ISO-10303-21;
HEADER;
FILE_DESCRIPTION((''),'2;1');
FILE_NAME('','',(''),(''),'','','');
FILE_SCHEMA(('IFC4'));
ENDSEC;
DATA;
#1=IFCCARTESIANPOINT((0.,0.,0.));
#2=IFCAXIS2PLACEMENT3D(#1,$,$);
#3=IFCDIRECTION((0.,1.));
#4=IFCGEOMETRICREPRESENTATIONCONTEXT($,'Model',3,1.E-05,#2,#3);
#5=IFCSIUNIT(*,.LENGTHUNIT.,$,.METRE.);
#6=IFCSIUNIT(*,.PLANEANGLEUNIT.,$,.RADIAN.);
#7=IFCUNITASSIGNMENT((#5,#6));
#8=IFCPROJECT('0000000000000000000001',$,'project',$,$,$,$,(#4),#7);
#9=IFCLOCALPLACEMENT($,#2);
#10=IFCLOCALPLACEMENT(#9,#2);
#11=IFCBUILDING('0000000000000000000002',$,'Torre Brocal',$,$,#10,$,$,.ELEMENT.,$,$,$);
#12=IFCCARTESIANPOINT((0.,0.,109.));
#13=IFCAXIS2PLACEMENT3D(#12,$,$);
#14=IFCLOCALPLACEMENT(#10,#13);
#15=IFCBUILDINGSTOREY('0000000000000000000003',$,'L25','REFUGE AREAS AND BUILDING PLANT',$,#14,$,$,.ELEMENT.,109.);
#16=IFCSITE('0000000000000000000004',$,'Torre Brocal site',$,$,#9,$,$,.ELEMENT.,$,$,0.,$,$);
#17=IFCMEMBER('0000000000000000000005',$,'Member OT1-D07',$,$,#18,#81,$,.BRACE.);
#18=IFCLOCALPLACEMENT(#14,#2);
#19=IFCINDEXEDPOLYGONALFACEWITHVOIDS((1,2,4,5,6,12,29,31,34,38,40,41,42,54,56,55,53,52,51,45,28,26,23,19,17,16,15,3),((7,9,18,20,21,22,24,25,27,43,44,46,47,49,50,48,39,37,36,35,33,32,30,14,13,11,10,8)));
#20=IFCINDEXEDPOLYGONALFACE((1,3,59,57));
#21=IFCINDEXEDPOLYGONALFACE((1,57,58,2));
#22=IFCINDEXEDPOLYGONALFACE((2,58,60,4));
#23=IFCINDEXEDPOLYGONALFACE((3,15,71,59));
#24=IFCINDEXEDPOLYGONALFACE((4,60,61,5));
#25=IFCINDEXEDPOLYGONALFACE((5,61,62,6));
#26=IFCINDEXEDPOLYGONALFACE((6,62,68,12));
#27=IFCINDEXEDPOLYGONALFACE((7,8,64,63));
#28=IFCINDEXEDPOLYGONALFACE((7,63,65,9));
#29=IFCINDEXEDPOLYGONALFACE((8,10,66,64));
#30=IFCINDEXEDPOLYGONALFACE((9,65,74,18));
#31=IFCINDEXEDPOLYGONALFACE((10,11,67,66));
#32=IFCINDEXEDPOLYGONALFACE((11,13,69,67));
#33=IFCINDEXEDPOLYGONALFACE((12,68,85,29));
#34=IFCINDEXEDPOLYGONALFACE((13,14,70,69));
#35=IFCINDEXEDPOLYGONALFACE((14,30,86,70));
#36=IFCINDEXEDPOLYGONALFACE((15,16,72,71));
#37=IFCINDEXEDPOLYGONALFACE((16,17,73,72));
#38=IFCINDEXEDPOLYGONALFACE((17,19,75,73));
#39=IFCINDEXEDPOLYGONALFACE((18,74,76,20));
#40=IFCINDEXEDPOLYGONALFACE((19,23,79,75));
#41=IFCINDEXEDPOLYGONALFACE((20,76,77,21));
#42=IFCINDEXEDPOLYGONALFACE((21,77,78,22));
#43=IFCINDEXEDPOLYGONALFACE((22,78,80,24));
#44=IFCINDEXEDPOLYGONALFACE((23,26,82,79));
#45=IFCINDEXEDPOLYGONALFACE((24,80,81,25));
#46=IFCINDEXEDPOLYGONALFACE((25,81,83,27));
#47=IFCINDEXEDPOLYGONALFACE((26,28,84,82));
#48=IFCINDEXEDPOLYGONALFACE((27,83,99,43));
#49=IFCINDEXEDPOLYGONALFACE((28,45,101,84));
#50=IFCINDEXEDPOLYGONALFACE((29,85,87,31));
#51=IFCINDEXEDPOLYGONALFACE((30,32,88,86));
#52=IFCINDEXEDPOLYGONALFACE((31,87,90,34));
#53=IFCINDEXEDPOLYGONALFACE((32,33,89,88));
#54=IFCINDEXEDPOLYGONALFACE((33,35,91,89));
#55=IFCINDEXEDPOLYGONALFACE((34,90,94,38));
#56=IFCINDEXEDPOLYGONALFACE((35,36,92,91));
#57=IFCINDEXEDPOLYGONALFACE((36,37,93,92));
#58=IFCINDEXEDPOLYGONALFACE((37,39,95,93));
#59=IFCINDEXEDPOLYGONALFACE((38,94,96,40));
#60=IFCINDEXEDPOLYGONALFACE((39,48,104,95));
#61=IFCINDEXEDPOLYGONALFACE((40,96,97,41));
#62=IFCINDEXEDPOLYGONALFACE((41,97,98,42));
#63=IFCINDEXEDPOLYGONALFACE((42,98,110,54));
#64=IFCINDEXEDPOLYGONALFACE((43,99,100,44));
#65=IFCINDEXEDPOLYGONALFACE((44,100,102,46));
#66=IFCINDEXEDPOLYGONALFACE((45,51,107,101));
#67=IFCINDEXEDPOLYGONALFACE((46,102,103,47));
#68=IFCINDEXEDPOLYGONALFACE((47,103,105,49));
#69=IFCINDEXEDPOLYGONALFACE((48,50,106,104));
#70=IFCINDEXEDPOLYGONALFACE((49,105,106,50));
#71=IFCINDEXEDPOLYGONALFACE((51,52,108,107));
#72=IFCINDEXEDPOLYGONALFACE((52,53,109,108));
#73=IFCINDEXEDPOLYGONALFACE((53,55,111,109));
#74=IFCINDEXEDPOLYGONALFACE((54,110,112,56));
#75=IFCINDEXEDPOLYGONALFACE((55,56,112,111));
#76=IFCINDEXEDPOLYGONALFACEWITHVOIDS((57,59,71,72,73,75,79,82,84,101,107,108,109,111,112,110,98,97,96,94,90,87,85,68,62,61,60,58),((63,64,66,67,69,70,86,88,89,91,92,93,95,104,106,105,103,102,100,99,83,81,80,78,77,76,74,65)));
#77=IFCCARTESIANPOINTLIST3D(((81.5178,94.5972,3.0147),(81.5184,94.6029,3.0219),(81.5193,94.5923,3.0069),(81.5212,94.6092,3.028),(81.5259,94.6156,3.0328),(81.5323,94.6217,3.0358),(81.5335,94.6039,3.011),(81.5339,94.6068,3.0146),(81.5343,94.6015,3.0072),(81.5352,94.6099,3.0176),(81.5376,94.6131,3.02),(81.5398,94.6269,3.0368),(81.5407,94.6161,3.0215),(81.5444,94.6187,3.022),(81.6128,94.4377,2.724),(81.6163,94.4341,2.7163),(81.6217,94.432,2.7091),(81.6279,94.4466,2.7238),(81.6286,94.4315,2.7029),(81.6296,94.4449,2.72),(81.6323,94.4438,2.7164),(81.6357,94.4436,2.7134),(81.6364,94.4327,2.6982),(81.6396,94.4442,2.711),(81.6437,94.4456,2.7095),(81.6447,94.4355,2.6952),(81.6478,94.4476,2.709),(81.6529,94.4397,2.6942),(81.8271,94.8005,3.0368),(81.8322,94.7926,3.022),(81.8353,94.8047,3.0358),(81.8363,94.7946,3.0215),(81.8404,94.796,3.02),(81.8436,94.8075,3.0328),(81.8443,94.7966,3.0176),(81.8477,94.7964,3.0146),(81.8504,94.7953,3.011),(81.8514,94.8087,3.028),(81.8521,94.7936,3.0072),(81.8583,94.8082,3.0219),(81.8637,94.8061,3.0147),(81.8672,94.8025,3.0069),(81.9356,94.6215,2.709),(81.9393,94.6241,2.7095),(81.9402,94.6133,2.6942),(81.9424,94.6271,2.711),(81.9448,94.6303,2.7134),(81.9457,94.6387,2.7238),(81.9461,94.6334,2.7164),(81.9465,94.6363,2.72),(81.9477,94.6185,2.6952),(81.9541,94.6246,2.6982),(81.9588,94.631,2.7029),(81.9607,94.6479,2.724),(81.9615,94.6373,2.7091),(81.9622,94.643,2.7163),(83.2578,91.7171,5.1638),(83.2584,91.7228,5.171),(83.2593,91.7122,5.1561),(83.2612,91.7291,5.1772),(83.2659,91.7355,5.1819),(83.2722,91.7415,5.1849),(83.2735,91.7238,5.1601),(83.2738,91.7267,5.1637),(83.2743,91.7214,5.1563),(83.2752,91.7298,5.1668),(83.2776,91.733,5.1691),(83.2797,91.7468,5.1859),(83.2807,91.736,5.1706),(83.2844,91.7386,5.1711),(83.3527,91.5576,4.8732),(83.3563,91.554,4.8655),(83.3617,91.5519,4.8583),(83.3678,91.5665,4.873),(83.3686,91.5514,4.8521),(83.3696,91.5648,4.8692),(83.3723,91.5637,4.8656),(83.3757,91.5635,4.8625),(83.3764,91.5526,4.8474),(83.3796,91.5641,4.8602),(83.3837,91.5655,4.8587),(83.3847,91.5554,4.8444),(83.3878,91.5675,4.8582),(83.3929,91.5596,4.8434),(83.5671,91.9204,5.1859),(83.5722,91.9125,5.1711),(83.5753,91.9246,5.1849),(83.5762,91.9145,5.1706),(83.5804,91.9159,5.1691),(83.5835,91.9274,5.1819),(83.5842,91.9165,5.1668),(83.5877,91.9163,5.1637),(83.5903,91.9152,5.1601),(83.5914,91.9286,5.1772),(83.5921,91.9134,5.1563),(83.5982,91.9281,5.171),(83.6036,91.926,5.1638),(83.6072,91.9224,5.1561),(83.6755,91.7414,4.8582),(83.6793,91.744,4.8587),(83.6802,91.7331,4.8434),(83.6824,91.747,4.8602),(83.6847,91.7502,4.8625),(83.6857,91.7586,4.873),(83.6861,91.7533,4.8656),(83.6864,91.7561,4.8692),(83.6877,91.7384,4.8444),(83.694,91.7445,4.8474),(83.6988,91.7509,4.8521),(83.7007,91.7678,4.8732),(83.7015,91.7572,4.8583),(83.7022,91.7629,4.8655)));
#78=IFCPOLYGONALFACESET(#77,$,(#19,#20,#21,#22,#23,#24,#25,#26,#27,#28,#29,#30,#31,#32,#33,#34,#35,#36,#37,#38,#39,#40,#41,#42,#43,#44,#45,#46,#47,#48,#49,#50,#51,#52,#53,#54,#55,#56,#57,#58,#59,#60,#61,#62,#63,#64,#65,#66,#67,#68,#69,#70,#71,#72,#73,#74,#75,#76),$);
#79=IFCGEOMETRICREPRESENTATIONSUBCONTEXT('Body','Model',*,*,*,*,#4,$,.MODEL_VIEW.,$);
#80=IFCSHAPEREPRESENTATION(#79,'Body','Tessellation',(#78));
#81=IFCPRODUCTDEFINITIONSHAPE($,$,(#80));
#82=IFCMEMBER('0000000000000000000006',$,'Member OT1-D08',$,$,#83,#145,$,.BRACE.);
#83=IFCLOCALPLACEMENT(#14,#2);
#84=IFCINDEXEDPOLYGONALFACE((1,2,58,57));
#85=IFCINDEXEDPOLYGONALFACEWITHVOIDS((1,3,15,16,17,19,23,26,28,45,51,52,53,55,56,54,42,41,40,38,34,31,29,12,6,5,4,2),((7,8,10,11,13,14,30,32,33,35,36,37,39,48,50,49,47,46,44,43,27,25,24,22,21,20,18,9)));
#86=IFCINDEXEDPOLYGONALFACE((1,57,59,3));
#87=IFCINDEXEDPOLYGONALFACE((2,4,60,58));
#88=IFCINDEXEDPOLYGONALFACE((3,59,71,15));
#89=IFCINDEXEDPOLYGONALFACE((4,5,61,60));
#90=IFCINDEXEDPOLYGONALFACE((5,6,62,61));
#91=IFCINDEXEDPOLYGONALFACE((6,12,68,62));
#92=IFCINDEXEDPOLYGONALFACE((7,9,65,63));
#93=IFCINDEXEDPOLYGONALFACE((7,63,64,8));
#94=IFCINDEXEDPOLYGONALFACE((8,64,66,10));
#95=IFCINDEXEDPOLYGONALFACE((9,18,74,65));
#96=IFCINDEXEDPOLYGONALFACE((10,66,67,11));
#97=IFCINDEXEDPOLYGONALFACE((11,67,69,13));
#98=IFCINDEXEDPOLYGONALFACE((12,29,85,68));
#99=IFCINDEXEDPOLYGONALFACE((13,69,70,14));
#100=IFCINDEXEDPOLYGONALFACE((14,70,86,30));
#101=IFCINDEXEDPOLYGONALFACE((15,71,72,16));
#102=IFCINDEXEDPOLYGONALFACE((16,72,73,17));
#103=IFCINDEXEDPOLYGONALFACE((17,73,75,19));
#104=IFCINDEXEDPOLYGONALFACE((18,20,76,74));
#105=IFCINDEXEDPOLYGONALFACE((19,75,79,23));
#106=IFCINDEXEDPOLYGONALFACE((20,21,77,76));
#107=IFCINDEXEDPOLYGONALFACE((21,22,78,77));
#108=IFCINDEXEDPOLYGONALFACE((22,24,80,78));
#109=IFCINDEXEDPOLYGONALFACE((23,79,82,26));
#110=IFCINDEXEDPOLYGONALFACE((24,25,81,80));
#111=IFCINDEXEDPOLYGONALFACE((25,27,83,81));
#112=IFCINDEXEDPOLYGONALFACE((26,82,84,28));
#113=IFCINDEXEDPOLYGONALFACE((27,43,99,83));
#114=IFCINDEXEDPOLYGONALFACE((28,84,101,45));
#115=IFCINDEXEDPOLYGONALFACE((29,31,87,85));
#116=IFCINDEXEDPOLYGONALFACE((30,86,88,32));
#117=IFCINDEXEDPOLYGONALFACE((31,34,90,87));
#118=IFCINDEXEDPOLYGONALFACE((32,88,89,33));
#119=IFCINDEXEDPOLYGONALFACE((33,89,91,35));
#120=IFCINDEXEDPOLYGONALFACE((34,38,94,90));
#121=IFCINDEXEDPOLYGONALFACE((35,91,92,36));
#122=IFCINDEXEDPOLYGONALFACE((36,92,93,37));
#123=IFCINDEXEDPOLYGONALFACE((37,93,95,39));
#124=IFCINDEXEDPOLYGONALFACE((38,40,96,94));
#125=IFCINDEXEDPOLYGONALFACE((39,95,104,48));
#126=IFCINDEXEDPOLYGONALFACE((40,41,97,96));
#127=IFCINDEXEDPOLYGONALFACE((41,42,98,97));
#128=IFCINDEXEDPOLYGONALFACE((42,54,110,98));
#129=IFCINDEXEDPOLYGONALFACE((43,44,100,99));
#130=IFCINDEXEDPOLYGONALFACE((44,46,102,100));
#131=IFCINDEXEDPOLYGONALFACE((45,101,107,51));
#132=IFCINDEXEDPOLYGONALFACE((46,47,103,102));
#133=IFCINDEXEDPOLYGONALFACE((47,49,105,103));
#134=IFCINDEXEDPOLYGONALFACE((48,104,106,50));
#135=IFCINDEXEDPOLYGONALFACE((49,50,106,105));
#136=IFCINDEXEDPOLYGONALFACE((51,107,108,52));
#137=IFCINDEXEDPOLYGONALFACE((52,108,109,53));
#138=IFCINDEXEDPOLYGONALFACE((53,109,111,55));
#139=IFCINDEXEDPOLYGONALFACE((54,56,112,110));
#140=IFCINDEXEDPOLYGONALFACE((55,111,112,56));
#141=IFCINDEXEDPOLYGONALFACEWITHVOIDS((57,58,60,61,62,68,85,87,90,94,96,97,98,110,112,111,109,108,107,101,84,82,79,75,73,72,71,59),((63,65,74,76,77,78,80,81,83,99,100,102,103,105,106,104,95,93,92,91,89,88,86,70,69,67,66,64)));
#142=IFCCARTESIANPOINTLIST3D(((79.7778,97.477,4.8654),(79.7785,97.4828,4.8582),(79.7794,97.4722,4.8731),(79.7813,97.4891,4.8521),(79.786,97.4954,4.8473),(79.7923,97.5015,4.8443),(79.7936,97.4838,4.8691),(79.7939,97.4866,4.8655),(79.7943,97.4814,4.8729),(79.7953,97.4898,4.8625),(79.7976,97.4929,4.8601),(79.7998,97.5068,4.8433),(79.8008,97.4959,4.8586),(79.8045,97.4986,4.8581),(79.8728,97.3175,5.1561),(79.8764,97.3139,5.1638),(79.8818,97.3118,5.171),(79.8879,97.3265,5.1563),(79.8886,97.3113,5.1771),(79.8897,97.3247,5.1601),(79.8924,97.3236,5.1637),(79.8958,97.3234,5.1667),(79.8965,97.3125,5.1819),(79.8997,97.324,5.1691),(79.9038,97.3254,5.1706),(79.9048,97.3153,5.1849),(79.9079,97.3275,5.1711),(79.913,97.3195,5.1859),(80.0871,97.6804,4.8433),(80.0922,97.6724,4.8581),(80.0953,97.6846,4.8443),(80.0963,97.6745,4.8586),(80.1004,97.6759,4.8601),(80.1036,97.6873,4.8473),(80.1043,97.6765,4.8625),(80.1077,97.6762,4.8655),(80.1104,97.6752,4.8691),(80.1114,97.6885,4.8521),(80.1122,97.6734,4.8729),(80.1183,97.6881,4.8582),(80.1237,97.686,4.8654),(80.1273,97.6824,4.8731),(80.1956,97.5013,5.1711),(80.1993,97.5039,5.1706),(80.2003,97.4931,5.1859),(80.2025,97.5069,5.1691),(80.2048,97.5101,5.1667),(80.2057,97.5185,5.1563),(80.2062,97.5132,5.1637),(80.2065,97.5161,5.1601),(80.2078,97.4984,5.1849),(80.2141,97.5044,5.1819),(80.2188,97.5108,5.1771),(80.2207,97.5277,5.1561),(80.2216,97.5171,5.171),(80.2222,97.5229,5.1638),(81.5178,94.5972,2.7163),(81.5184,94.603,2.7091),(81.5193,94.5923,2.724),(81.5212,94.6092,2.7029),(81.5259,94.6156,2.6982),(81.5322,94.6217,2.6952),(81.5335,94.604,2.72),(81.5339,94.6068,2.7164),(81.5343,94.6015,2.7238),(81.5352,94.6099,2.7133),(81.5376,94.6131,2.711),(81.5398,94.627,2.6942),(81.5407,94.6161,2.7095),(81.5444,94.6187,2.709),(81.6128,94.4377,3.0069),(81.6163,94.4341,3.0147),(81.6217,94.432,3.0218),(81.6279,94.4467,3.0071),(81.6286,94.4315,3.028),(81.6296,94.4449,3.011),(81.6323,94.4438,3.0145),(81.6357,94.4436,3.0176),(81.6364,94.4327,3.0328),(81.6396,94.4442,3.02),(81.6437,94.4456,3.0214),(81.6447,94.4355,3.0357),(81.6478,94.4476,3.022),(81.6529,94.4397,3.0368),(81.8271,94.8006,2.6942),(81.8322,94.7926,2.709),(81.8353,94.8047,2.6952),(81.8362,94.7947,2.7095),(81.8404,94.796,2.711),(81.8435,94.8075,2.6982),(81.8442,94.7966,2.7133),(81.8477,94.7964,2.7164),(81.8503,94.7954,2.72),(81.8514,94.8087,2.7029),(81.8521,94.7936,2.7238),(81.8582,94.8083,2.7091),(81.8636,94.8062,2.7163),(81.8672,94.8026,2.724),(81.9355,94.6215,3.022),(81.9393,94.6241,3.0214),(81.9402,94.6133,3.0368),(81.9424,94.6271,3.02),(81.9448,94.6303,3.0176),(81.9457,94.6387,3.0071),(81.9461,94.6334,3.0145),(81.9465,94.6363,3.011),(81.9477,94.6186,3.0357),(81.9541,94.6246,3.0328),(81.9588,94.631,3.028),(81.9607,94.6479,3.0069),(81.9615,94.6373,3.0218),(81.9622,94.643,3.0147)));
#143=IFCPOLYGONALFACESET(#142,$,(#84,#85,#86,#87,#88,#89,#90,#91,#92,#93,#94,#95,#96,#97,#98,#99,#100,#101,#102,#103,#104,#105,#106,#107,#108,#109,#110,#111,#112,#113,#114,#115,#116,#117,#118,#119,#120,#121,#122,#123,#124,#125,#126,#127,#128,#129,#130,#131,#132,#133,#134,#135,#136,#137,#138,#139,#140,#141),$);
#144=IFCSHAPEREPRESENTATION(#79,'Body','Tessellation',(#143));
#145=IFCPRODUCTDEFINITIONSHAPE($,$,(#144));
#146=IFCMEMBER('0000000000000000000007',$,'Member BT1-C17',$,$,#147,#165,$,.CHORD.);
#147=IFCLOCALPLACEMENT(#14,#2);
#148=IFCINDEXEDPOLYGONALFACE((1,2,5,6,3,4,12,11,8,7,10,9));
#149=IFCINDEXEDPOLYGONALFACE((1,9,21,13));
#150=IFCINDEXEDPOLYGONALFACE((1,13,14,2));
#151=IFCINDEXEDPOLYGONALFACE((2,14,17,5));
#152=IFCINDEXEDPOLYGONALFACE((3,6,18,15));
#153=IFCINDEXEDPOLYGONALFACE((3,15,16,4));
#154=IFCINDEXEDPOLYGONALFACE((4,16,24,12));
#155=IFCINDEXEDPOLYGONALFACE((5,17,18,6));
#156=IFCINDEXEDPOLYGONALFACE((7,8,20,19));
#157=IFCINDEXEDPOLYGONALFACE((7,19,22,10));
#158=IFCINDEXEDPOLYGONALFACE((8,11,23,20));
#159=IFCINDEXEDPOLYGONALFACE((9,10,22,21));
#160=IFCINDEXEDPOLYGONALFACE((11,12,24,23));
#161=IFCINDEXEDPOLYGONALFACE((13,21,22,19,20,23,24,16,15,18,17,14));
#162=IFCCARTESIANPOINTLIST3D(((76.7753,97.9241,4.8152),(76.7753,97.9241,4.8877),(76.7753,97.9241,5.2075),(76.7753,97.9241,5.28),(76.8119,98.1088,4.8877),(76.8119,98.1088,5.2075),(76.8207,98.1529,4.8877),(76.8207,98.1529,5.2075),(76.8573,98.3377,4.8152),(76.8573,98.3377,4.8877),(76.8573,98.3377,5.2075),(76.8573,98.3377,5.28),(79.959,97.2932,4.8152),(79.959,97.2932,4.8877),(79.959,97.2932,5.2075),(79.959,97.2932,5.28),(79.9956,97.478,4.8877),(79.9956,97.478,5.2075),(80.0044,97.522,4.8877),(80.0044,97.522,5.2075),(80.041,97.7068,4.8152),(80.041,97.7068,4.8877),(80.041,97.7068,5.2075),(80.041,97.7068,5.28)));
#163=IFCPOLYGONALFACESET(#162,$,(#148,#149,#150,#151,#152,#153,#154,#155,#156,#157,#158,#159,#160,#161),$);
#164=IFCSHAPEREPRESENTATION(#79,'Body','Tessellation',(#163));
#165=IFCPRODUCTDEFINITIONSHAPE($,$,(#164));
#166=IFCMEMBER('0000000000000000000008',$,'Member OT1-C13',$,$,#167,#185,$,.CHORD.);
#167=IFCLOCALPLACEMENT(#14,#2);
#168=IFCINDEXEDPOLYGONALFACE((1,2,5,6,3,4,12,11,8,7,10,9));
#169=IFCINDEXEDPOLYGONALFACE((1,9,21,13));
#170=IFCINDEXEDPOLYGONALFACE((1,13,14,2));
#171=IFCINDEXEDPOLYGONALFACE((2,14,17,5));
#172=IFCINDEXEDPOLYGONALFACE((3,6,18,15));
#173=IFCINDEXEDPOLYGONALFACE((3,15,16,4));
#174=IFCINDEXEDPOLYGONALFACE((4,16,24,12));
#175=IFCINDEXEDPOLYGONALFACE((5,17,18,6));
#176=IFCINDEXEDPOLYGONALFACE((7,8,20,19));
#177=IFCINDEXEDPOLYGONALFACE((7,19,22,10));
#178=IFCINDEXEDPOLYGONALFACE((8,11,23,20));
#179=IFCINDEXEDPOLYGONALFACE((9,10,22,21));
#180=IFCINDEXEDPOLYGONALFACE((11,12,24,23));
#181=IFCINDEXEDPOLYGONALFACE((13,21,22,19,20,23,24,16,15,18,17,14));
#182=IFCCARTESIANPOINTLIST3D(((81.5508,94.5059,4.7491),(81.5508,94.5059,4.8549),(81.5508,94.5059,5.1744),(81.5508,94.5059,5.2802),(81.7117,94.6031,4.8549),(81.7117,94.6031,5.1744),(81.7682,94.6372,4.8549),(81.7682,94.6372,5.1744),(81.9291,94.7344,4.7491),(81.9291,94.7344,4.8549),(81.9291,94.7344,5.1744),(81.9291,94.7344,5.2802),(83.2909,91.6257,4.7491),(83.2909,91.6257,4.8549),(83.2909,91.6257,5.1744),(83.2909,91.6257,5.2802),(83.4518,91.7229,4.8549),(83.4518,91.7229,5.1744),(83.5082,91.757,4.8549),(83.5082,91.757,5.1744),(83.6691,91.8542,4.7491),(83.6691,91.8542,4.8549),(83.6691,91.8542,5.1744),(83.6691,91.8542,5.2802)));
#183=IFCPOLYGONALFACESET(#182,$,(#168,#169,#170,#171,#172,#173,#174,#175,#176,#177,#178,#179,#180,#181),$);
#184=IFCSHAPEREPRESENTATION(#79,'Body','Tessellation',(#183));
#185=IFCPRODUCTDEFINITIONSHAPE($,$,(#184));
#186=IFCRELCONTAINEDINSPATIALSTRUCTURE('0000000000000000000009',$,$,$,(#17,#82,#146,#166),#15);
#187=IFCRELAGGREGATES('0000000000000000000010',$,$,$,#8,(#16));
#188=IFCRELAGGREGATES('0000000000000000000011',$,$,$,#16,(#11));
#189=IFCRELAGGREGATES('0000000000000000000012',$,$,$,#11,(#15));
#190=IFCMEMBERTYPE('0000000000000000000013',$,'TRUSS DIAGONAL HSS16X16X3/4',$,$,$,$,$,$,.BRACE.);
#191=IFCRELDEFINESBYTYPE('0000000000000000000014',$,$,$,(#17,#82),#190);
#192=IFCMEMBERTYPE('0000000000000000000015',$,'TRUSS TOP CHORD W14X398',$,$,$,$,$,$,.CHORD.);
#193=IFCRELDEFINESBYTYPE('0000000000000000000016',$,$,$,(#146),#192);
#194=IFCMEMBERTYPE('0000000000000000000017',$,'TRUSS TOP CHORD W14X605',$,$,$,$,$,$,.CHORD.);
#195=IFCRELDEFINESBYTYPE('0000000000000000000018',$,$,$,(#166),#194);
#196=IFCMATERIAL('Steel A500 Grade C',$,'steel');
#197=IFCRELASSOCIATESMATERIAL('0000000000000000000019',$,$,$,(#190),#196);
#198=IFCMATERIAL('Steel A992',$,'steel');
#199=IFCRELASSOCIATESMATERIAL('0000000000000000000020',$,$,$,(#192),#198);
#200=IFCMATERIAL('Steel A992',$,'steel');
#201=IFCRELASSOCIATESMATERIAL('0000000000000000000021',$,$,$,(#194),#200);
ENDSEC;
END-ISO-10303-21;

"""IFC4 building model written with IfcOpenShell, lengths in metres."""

from ifc_helpers import new_model, si_unit, direction, frame, origin, origin_2d, place, context, subcontext, project, spatial, hollow_rectangle, i_section, extrude, material, material_profile, profile_set, type_object, element, save


model = new_model("IFC4")

# Units and contexts
model_context = context("Model", 3, precision=1e-05, world=origin(), true_north=direction((0.0, 1.0)))
body_context = subcontext(model_context, "Body", "Model", "MODEL_VIEW")
ifc_project = project(units=[si_unit("LENGTHUNIT", "METRE"), si_unit("PLANEANGLEUNIT", "RADIAN")], contexts=[model_context])

# Site, building, storey
site_placement = place(None, origin())
site = spatial("IfcSite", under=ifc_project, at=site_placement, Name="Torre Brocal site", CompositionType="ELEMENT", RefElevation=0.0)
building_placement = place(site_placement, origin())
building = spatial("IfcBuilding", under=site, at=building_placement, Name="Torre Brocal", CompositionType="ELEMENT")
storey_placement = place(building_placement, frame((0.0, 0.0, 109.0)))
storey = spatial("IfcBuildingStorey", under=building, at=storey_placement, Name="L25", Description="REFUGE AREAS AND BUILDING PLANT", CompositionType="ELEMENT", Elevation=109.0)

# Members
ifc_material_1 = material(Name="Steel A500 Grade C", Category="steel")
ifc_material_profile_1 = material_profile(ifc_material_1, hollow_rectangle(XDim=0.4065, YDim=0.4065, WallThickness=0.0176, InnerFilletRadius=0.0176, OuterFilletRadius=0.0354, at=origin_2d()), Name="HSS16X16X3/4")
ifc_profile_set_1 = profile_set([ifc_material_profile_1], Name="Steel A500 Grade C")
member_type_1 = type_object("IfcMemberType", Name="TRUSS DIAGONAL HSS16X16X3/4", PredefinedType="BRACE", material=ifc_profile_set_1)
member_1_placement = place(storey_placement, frame((83.48, 91.74, 5.0146), z_axis=(-0.435793, 0.721349, -0.538275), x_axis=(-0.855927, -0.517097, 0.0)))
element("IfcMember", 1, at=member_1_placement, inside=storey, type_object=member_type_1, Name="Member OT1-D07", PredefinedType="BRACE", context=body_context, shape_type="SweptSolid", body=[
    extrude(hollow_rectangle(XDim=0.4065, YDim=0.4065, WallThickness=0.0176, InnerFilletRadius=0.0176, OuterFilletRadius=0.0354, at=origin_2d()), origin(), (0.0, 0.0, 1.0), 3.9927),
])
member_2_placement = place(storey_placement, frame((81.74, 94.6201, 2.8655), z_axis=(-0.435812, 0.721319, 0.538299), x_axis=(-0.855908, -0.517129, 0.0)))
element("IfcMember", 2, at=member_2_placement, inside=storey, type_object=member_type_1, Name="Member OT1-D08", PredefinedType="BRACE", context=body_context, shape_type="SweptSolid", body=[
    extrude(hollow_rectangle(XDim=0.4065, YDim=0.4065, WallThickness=0.0176, InnerFilletRadius=0.0176, OuterFilletRadius=0.0354, at=origin_2d()), origin(), (0.0, 0.0, 1.0), 3.9924),
])
ifc_material_2 = material(Name="Steel A992", Category="steel")
ifc_material_profile_2 = material_profile(ifc_material_2, i_section(OverallWidth=0.4216, OverallDepth=0.4648, WebThickness=0.0449, FlangeThickness=0.0725, at=origin_2d()), Name="W14X398")
ifc_profile_set_2 = profile_set([ifc_material_profile_2], Name="Steel A992")
member_type_2 = type_object("IfcMemberType", Name="TRUSS TOP CHORD W14X398", PredefinedType="CHORD", material=ifc_profile_set_2)
member_3_placement = place(storey_placement, frame((80.0, 97.5, 5.0476), z_axis=(-0.980926, 0.19438, 0.0), x_axis=(-0.19438, -0.980926, 0.0)))
element("IfcMember", 3, at=member_3_placement, inside=storey, type_object=member_type_2, Name="Member BT1-C17", PredefinedType="CHORD", context=body_context, shape_type="SweptSolid", body=[
    extrude(i_section(OverallWidth=0.4216, OverallDepth=0.4648, WebThickness=0.0449, FlangeThickness=0.0725, at=origin_2d()), origin(), (0.0, 0.0, 1.0), 3.2456),
])
ifc_material_3 = material(Name="Steel A992", Category="steel")
ifc_material_profile_3 = material_profile(ifc_material_3, i_section(OverallWidth=0.4419, OverallDepth=0.531, WebThickness=0.0659, FlangeThickness=0.1057, at=origin_2d()), Name="W14X605")
ifc_profile_set_3 = profile_set([ifc_material_profile_3], Name="Steel A992")
member_type_3 = type_object("IfcMemberType", Name="TRUSS TOP CHORD W14X605", PredefinedType="CHORD", material=ifc_profile_set_3)
member_4_placement = place(storey_placement, frame((83.48, 91.74, 5.0146), z_axis=(-0.517097, 0.855927, 0.0), x_axis=(-0.855927, -0.517097, 0.0)))
element("IfcMember", 4, at=member_4_placement, inside=storey, type_object=member_type_3, Name="Member OT1-C13", PredefinedType="CHORD", context=body_context, shape_type="SweptSolid", body=[
    extrude(i_section(OverallWidth=0.4419, OverallDepth=0.531, WebThickness=0.0659, FlangeThickness=0.1057, at=origin_2d()), origin(), (0.0, 0.0, 1.0), 3.365),
])

save(model, "model.ifc")
